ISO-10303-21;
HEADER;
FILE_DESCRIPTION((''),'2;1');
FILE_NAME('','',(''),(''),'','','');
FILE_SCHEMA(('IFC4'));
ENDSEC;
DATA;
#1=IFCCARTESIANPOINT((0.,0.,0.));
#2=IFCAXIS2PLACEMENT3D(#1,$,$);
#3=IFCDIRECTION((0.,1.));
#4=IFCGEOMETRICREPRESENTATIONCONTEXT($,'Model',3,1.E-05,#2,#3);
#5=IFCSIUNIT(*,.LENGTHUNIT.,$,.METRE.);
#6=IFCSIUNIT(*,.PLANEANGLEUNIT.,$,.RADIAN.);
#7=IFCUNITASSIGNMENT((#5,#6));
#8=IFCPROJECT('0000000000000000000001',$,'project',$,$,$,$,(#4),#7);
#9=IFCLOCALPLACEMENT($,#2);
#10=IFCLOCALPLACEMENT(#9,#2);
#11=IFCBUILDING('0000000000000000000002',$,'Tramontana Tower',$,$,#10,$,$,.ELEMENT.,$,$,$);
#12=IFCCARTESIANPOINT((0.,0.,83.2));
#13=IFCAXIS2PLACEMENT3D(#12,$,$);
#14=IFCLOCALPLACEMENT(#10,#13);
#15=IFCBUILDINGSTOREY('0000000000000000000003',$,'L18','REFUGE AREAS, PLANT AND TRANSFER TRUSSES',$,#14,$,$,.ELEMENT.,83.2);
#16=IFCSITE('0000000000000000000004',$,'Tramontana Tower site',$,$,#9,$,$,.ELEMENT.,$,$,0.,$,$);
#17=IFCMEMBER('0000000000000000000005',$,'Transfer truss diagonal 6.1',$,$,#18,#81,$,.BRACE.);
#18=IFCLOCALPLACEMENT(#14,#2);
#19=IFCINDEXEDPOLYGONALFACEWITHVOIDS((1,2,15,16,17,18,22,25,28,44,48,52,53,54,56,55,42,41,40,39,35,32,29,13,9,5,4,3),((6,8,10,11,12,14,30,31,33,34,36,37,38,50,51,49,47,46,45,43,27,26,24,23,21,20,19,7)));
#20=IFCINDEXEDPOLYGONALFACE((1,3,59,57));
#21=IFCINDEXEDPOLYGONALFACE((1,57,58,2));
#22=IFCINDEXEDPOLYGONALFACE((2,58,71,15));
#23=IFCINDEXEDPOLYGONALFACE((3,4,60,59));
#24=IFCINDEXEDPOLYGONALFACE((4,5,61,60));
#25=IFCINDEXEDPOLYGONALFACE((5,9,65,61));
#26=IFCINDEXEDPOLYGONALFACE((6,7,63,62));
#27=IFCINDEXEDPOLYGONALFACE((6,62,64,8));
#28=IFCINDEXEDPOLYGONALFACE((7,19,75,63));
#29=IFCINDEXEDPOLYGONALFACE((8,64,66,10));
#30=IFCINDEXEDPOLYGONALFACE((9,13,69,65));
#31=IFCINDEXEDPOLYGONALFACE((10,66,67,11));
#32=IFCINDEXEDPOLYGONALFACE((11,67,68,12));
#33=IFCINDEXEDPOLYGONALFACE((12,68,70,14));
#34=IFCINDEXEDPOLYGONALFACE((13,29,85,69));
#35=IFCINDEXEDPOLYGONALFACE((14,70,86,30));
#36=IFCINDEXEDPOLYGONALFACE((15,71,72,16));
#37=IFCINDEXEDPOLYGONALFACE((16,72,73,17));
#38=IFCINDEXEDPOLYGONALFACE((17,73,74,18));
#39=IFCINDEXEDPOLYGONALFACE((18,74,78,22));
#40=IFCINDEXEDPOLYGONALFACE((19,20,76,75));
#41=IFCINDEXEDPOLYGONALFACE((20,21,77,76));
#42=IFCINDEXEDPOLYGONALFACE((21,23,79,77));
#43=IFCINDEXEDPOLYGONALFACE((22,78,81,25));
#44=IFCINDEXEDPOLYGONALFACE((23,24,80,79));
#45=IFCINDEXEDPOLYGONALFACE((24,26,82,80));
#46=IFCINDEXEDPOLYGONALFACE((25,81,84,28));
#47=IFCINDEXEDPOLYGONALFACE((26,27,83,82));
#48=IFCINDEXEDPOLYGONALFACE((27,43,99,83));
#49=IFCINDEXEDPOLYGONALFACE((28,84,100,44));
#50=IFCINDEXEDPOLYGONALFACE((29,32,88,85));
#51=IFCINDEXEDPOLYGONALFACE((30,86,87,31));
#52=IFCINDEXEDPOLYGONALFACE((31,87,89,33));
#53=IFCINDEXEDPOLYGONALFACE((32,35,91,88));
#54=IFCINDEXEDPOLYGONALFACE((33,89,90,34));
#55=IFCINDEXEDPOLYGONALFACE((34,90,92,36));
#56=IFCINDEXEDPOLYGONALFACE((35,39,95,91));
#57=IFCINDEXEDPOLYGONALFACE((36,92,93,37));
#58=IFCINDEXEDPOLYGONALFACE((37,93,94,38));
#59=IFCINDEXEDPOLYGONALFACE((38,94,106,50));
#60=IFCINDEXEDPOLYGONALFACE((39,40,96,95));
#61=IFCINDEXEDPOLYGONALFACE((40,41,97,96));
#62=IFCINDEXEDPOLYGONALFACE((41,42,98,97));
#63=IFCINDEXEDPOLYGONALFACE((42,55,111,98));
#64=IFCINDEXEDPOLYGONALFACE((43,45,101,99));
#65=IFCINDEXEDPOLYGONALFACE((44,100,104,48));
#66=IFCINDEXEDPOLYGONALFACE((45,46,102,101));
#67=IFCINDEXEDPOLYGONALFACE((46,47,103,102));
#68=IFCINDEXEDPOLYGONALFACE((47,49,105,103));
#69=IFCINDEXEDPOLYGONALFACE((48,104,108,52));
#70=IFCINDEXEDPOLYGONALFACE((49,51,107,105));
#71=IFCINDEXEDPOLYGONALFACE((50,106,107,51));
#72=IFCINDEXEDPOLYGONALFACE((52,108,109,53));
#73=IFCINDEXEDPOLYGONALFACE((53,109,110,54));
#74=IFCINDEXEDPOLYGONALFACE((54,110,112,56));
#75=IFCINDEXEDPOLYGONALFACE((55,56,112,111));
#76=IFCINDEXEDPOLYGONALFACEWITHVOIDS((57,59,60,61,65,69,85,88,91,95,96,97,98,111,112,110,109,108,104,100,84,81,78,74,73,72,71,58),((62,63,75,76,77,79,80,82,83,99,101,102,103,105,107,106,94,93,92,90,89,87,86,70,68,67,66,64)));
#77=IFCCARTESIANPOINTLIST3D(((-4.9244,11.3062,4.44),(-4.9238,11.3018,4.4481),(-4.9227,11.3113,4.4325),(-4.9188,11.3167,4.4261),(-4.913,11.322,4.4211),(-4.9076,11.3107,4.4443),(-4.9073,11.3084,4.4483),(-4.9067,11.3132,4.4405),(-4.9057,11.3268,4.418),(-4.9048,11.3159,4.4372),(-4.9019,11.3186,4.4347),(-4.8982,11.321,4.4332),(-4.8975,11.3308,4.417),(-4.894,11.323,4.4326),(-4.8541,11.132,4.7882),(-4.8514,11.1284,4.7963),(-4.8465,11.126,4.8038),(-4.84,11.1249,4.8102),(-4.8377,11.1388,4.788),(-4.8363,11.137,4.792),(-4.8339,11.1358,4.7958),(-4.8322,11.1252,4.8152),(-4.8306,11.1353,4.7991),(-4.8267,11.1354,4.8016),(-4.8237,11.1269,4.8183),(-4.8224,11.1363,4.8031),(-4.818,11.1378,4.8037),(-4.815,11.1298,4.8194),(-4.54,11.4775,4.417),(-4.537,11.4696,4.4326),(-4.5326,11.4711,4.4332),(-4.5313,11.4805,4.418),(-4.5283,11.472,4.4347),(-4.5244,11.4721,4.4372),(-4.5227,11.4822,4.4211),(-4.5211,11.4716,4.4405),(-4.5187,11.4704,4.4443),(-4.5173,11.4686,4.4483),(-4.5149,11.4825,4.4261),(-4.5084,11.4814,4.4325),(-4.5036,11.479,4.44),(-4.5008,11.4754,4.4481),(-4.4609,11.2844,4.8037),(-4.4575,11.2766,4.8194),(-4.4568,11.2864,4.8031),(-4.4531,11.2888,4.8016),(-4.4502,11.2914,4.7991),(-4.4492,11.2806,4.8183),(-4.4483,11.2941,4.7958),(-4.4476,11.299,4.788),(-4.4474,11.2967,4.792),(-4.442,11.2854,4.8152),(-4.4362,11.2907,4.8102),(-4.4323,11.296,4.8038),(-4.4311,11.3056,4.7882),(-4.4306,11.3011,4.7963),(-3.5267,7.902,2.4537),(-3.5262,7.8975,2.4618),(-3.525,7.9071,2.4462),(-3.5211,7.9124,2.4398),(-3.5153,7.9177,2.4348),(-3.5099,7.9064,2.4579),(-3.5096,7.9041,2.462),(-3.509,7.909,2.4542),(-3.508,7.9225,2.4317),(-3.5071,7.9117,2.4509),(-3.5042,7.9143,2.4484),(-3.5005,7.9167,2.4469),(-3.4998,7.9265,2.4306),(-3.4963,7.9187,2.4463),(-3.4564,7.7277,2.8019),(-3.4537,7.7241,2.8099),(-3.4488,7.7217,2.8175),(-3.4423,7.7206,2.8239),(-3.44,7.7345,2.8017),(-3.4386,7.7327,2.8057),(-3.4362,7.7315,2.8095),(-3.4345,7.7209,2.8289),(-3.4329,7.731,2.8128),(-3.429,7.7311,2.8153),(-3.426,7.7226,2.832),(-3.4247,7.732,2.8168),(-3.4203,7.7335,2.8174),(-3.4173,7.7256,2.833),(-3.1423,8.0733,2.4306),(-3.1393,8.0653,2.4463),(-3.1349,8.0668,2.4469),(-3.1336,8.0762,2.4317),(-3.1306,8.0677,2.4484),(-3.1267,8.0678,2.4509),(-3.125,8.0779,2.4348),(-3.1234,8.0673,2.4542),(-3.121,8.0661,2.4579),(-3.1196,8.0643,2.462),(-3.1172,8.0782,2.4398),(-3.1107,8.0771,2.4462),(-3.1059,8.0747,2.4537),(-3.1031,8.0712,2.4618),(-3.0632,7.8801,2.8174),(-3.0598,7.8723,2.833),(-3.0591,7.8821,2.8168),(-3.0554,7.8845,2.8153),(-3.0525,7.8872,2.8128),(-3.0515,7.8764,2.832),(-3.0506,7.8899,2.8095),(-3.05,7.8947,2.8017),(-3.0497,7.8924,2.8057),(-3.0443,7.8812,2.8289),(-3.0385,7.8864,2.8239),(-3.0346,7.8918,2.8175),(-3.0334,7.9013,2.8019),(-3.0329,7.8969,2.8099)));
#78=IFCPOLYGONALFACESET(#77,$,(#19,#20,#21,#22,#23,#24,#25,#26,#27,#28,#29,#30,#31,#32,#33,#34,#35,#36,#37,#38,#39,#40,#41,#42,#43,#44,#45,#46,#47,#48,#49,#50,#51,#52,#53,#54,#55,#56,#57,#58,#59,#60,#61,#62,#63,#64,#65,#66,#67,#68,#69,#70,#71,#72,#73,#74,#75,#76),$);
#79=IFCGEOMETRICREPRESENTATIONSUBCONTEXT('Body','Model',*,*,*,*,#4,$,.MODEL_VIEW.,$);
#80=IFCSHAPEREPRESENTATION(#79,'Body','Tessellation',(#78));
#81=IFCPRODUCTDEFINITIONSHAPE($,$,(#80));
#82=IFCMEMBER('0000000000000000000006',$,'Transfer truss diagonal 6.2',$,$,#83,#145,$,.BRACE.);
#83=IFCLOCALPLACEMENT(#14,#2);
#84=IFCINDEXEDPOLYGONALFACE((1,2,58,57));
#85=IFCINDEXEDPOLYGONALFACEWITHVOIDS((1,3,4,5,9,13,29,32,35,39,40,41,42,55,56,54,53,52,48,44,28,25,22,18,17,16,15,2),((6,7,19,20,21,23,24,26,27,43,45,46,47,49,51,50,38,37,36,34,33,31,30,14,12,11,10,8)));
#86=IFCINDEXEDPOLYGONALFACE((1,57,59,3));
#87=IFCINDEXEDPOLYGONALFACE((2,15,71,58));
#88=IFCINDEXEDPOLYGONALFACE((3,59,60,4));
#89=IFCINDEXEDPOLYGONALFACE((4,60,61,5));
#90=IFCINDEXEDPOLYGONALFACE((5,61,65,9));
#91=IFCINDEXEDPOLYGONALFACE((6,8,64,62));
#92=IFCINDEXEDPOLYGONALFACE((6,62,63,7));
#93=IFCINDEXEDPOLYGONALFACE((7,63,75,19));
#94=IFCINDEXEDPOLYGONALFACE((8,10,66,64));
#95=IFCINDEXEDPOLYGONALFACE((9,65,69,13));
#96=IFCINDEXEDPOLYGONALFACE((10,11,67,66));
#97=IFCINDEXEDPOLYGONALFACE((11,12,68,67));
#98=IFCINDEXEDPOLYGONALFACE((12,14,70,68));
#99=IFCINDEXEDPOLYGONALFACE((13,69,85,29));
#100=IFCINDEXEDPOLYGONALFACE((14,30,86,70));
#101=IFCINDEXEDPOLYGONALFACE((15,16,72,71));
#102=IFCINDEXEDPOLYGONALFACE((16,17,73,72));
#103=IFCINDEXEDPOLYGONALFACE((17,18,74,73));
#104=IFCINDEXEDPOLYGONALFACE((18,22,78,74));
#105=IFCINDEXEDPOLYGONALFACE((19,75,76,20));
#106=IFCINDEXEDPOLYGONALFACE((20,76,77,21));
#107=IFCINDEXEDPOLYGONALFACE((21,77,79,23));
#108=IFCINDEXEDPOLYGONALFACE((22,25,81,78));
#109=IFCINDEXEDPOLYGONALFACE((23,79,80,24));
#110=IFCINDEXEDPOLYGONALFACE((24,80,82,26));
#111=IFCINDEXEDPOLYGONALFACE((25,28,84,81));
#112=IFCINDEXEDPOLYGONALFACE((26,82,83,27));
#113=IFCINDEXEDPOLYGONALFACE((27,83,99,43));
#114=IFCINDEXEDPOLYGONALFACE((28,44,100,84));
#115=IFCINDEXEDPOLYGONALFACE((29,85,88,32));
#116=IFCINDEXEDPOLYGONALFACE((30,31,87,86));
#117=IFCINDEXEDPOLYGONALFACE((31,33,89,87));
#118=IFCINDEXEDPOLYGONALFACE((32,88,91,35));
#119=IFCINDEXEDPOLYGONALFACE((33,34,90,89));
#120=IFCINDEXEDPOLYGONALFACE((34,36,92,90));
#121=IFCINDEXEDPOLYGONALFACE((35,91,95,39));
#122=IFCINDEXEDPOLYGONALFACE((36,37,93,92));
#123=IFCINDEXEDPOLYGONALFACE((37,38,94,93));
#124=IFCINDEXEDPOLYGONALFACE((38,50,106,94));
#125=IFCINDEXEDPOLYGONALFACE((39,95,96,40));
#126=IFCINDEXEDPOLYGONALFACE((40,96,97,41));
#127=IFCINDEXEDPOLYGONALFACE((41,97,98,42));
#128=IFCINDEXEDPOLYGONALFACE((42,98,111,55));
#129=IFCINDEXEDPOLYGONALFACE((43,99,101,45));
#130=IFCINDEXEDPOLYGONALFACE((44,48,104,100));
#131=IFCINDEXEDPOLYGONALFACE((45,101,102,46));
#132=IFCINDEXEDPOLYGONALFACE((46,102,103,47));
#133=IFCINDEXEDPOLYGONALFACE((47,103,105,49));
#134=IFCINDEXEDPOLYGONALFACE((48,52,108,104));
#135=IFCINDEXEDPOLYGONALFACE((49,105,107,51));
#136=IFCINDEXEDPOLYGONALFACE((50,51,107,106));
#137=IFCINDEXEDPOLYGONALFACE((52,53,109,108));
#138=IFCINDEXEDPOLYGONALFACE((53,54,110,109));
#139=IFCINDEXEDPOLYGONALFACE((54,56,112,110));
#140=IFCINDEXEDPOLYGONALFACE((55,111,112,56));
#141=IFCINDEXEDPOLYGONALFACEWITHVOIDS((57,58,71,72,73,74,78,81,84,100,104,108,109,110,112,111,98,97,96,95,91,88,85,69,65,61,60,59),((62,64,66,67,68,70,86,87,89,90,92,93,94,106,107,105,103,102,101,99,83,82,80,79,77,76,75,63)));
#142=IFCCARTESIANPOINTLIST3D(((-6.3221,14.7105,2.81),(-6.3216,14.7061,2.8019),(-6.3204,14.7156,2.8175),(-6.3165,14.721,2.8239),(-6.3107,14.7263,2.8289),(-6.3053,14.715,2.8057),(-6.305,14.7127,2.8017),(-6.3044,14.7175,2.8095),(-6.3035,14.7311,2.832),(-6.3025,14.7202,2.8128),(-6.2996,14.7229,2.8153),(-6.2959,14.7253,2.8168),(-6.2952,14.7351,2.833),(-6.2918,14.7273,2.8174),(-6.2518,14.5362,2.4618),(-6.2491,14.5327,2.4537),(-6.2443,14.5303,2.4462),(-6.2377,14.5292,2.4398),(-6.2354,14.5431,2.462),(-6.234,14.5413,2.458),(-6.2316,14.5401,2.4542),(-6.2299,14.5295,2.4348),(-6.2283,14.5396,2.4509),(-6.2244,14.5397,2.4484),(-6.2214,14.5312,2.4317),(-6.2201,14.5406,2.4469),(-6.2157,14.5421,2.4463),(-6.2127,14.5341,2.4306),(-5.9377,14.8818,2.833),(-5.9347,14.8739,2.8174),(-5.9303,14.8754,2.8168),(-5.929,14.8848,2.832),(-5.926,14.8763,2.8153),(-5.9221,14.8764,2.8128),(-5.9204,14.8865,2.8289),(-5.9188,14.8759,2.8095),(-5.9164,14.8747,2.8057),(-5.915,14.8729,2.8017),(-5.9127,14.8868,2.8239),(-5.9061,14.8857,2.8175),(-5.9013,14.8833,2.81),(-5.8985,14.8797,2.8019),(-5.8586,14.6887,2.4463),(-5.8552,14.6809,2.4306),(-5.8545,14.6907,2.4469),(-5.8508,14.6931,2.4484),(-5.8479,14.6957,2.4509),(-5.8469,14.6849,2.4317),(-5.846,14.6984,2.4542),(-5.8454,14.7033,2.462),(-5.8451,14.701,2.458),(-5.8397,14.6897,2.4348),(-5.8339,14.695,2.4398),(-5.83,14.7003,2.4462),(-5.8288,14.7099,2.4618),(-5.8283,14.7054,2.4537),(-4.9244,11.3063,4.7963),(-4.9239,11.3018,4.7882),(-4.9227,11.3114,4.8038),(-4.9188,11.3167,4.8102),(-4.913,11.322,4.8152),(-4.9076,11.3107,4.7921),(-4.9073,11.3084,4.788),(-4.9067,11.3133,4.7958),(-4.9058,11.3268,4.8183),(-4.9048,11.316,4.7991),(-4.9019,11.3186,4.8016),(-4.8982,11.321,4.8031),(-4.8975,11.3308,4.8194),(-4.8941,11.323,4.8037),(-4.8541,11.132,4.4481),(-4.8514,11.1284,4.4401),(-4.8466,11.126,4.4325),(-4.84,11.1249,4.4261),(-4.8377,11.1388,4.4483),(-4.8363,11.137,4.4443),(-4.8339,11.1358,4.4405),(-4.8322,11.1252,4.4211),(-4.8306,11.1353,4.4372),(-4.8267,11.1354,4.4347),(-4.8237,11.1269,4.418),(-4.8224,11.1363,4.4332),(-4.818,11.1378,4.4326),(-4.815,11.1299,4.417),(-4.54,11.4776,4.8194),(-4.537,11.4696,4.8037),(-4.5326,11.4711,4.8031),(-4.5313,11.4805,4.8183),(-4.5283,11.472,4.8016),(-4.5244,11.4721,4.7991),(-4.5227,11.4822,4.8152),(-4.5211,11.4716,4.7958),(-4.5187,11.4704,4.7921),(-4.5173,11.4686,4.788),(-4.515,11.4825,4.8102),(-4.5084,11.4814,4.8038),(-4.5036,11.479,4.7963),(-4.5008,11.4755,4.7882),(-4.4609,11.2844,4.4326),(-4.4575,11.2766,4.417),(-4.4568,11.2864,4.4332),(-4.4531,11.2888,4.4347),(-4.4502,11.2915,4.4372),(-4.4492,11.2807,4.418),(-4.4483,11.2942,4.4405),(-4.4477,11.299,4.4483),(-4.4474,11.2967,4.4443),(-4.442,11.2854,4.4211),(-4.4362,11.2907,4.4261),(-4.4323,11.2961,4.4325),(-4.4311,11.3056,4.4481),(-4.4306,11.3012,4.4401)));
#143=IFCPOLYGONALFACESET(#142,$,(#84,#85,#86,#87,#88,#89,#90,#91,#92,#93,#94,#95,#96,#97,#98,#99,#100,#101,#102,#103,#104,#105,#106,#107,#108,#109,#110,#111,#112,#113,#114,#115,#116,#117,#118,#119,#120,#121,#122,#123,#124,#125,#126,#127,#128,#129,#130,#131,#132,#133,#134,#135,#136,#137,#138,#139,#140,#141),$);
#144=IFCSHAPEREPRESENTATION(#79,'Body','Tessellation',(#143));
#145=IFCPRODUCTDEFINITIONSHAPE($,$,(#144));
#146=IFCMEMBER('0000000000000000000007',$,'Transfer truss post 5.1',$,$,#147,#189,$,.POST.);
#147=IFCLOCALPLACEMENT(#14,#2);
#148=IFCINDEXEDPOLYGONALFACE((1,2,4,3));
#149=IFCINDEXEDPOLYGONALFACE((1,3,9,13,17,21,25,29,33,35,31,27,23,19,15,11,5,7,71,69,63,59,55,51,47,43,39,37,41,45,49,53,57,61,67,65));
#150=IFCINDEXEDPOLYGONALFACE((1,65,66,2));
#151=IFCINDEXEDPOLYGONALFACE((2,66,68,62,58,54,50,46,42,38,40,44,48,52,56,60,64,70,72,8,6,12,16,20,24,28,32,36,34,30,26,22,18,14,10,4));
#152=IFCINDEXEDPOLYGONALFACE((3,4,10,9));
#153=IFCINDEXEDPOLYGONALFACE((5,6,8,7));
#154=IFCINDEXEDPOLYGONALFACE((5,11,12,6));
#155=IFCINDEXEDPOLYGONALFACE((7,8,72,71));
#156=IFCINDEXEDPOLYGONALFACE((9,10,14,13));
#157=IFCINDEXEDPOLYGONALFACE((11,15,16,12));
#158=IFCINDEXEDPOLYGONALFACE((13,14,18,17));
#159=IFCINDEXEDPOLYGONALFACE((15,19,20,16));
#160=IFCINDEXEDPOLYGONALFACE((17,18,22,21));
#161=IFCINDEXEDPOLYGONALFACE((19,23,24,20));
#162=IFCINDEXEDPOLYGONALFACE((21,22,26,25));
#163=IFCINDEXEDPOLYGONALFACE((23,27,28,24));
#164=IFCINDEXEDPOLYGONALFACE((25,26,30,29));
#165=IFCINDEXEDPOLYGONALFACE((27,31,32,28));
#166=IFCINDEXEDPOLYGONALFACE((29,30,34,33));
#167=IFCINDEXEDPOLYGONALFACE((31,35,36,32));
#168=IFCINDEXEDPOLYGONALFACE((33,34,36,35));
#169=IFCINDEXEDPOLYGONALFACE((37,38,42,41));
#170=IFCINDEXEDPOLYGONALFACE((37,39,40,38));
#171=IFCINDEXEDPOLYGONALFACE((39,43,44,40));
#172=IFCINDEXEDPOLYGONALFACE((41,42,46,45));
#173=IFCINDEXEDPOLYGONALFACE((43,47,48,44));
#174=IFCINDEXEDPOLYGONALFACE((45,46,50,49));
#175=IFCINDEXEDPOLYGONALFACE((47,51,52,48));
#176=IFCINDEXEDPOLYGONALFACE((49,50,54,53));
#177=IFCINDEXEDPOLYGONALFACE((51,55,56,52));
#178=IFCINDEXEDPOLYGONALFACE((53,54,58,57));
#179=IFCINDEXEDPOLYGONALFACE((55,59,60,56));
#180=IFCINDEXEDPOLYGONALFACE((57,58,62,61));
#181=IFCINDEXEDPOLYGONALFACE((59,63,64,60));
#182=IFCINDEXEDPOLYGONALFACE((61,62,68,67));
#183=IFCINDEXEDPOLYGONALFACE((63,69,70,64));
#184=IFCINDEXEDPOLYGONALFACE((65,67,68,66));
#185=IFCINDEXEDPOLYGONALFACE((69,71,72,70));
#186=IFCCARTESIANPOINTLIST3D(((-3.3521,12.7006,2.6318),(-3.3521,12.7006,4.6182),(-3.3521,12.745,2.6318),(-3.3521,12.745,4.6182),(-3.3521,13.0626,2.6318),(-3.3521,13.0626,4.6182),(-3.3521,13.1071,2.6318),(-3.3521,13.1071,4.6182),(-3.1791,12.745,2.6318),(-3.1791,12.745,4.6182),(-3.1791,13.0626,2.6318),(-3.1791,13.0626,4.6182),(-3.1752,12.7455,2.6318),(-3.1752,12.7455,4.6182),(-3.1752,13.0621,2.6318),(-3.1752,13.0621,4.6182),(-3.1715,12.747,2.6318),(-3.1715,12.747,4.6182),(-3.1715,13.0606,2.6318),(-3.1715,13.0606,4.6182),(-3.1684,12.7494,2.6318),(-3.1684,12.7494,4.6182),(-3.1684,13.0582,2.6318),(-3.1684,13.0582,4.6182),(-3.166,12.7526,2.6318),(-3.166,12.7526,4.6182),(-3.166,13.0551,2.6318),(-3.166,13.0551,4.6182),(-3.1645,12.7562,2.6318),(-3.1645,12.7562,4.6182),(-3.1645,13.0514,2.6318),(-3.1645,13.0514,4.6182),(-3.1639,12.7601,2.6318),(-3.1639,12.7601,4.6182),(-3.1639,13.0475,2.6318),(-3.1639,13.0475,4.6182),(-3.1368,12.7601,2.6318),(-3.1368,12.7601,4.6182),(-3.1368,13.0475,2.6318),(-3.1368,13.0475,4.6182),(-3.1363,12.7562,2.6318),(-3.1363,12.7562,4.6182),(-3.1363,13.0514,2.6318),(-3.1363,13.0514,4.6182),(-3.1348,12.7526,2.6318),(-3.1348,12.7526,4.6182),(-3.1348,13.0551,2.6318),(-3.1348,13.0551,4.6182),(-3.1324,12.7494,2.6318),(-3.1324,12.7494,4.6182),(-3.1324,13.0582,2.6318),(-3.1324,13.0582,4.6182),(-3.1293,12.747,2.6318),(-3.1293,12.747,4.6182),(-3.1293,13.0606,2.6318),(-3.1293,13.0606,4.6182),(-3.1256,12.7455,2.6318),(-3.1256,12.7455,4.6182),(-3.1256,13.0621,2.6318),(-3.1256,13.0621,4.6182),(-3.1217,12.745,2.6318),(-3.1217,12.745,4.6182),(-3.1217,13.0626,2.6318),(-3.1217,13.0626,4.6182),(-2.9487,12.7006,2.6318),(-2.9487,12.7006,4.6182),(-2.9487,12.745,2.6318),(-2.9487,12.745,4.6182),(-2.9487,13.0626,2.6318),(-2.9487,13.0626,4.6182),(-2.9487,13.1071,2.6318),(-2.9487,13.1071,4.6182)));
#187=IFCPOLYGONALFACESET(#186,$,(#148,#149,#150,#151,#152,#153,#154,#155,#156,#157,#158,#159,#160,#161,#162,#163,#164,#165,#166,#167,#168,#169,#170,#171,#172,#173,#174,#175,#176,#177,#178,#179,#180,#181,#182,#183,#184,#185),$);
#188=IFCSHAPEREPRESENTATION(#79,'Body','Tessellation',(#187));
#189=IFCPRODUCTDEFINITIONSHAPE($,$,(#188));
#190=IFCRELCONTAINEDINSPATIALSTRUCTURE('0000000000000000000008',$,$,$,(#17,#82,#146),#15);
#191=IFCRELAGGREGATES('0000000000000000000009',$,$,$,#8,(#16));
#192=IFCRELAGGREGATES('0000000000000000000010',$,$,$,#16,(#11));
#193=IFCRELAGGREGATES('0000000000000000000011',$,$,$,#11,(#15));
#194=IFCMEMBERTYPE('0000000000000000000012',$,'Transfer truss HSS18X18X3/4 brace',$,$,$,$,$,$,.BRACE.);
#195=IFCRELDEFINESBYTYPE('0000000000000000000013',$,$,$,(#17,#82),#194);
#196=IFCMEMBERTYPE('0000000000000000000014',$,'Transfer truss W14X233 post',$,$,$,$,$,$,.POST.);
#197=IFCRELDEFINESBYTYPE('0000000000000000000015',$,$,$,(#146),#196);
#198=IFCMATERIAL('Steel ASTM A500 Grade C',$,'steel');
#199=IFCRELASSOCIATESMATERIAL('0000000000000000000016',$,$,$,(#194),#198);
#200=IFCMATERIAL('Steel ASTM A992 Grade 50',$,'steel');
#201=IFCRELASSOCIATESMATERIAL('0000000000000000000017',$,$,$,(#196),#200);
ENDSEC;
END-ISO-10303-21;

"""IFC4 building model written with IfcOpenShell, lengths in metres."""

from ifc_helpers import new_model, si_unit, direction, frame, origin, origin_2d, place, context, subcontext, project, spatial, hollow_rectangle, i_section, extrude, material, material_profile, profile_set, type_object, element, save


model = new_model("IFC4")

# Units and contexts
model_context = context("Model", 3, precision=1e-05, world=origin(), true_north=direction((0.0, 1.0)))
body_context = subcontext(model_context, "Body", "Model", "MODEL_VIEW")
ifc_project = project(units=[si_unit("LENGTHUNIT", "METRE"), si_unit("PLANEANGLEUNIT", "RADIAN")], contexts=[model_context])

# Site, building, storey
site_placement = place(None, origin())
site = spatial("IfcSite", under=ifc_project, at=site_placement, Name="Tramontana Tower site", CompositionType="ELEMENT", RefElevation=0.0)
building_placement = place(site_placement, origin())
building = spatial("IfcBuilding", under=site, at=building_placement, Name="Tramontana Tower", CompositionType="ELEMENT")
storey_placement = place(building_placement, frame((0.0, 0.0, 83.2)))
storey = spatial("IfcBuildingStorey", under=building, at=storey_placement, Name="L18", Description="REFUGE AREAS, PLANT AND TRANSFER TRUSSES", CompositionType="ELEMENT", Elevation=83.2)

# Members
ifc_material_1 = material(Name="Steel ASTM A500 Grade C", Category="steel")
ifc_material_profile_1 = material_profile(ifc_material_1, hollow_rectangle(XDim=0.4573, YDim=0.4573, WallThickness=0.0178, InnerFilletRadius=0.0178, OuterFilletRadius=0.0354, at=origin_2d()), Name="HSS18X18X3/4")
ifc_profile_set_1 = profile_set([ifc_material_profile_1], Name="Steel ASTM A500 Grade C")
member_type_1 = type_object("IfcMemberType", Name="Transfer truss HSS18X18X3/4 brace", PredefinedType="BRACE", material=ifc_profile_set_1)
for number, where, z_axis, x_axis, name in (
    (1, (-3.2798, 7.8994, 2.6318), (-0.334227, 0.814054, 0.474982), (-0.925066, -0.379805, 0.0), "Transfer truss diagonal 6.1"),
    (2, (-4.6775, 11.3037, 4.6182), (-0.334227, 0.814054, -0.474982), (-0.925066, -0.379805, 0.0), "Transfer truss diagonal 6.2"),
):
    element("IfcMember", number, at=place(storey_placement, frame(where, z_axis=z_axis, x_axis=x_axis)), inside=storey, type_object=member_type_1, Name=name, PredefinedType="BRACE", context=body_context, shape_type="SweptSolid", body=[
        extrude(hollow_rectangle(XDim=0.4573, YDim=0.4573, WallThickness=0.0178, InnerFilletRadius=0.0178, OuterFilletRadius=0.0354, at=origin_2d()), origin(), (0.0, 0.0, 1.0), 4.1819),
    ])
ifc_material_2 = material(Name="Steel ASTM A992 Grade 50", Category="steel")
ifc_material_profile_2 = material_profile(ifc_material_2, i_section(OverallWidth=0.4033, OverallDepth=0.4065, WebThickness=0.0271, FlangeThickness=0.0444, FilletRadius=0.0151, at=origin_2d()), Name="W14X233")
ifc_profile_set_2 = profile_set([ifc_material_profile_2], Name="Steel ASTM A992 Grade 50")
member_type_2 = type_object("IfcMemberType", Name="Transfer truss W14X233 post", PredefinedType="POST", material=ifc_profile_set_2)
for number, where, z_axis, x_axis, name in (
    (3, (-3.1504, 12.9038, 2.6318), (0.0, 0.0, 1.0), (1.0, 0.0, 0.0), "Transfer truss post 5.1"),
):
    element("IfcMember", number, at=place(storey_placement, frame(where, z_axis=z_axis, x_axis=x_axis)), inside=storey, type_object=member_type_2, Name=name, PredefinedType="POST", context=body_context, shape_type="SweptSolid", body=[
        extrude(i_section(OverallWidth=0.4033, OverallDepth=0.4065, WebThickness=0.0271, FlangeThickness=0.0444, FilletRadius=0.0151, at=origin_2d()), origin(), (0.0, 0.0, 1.0), 1.9863),
    ])

save(model, "model.ifc")
